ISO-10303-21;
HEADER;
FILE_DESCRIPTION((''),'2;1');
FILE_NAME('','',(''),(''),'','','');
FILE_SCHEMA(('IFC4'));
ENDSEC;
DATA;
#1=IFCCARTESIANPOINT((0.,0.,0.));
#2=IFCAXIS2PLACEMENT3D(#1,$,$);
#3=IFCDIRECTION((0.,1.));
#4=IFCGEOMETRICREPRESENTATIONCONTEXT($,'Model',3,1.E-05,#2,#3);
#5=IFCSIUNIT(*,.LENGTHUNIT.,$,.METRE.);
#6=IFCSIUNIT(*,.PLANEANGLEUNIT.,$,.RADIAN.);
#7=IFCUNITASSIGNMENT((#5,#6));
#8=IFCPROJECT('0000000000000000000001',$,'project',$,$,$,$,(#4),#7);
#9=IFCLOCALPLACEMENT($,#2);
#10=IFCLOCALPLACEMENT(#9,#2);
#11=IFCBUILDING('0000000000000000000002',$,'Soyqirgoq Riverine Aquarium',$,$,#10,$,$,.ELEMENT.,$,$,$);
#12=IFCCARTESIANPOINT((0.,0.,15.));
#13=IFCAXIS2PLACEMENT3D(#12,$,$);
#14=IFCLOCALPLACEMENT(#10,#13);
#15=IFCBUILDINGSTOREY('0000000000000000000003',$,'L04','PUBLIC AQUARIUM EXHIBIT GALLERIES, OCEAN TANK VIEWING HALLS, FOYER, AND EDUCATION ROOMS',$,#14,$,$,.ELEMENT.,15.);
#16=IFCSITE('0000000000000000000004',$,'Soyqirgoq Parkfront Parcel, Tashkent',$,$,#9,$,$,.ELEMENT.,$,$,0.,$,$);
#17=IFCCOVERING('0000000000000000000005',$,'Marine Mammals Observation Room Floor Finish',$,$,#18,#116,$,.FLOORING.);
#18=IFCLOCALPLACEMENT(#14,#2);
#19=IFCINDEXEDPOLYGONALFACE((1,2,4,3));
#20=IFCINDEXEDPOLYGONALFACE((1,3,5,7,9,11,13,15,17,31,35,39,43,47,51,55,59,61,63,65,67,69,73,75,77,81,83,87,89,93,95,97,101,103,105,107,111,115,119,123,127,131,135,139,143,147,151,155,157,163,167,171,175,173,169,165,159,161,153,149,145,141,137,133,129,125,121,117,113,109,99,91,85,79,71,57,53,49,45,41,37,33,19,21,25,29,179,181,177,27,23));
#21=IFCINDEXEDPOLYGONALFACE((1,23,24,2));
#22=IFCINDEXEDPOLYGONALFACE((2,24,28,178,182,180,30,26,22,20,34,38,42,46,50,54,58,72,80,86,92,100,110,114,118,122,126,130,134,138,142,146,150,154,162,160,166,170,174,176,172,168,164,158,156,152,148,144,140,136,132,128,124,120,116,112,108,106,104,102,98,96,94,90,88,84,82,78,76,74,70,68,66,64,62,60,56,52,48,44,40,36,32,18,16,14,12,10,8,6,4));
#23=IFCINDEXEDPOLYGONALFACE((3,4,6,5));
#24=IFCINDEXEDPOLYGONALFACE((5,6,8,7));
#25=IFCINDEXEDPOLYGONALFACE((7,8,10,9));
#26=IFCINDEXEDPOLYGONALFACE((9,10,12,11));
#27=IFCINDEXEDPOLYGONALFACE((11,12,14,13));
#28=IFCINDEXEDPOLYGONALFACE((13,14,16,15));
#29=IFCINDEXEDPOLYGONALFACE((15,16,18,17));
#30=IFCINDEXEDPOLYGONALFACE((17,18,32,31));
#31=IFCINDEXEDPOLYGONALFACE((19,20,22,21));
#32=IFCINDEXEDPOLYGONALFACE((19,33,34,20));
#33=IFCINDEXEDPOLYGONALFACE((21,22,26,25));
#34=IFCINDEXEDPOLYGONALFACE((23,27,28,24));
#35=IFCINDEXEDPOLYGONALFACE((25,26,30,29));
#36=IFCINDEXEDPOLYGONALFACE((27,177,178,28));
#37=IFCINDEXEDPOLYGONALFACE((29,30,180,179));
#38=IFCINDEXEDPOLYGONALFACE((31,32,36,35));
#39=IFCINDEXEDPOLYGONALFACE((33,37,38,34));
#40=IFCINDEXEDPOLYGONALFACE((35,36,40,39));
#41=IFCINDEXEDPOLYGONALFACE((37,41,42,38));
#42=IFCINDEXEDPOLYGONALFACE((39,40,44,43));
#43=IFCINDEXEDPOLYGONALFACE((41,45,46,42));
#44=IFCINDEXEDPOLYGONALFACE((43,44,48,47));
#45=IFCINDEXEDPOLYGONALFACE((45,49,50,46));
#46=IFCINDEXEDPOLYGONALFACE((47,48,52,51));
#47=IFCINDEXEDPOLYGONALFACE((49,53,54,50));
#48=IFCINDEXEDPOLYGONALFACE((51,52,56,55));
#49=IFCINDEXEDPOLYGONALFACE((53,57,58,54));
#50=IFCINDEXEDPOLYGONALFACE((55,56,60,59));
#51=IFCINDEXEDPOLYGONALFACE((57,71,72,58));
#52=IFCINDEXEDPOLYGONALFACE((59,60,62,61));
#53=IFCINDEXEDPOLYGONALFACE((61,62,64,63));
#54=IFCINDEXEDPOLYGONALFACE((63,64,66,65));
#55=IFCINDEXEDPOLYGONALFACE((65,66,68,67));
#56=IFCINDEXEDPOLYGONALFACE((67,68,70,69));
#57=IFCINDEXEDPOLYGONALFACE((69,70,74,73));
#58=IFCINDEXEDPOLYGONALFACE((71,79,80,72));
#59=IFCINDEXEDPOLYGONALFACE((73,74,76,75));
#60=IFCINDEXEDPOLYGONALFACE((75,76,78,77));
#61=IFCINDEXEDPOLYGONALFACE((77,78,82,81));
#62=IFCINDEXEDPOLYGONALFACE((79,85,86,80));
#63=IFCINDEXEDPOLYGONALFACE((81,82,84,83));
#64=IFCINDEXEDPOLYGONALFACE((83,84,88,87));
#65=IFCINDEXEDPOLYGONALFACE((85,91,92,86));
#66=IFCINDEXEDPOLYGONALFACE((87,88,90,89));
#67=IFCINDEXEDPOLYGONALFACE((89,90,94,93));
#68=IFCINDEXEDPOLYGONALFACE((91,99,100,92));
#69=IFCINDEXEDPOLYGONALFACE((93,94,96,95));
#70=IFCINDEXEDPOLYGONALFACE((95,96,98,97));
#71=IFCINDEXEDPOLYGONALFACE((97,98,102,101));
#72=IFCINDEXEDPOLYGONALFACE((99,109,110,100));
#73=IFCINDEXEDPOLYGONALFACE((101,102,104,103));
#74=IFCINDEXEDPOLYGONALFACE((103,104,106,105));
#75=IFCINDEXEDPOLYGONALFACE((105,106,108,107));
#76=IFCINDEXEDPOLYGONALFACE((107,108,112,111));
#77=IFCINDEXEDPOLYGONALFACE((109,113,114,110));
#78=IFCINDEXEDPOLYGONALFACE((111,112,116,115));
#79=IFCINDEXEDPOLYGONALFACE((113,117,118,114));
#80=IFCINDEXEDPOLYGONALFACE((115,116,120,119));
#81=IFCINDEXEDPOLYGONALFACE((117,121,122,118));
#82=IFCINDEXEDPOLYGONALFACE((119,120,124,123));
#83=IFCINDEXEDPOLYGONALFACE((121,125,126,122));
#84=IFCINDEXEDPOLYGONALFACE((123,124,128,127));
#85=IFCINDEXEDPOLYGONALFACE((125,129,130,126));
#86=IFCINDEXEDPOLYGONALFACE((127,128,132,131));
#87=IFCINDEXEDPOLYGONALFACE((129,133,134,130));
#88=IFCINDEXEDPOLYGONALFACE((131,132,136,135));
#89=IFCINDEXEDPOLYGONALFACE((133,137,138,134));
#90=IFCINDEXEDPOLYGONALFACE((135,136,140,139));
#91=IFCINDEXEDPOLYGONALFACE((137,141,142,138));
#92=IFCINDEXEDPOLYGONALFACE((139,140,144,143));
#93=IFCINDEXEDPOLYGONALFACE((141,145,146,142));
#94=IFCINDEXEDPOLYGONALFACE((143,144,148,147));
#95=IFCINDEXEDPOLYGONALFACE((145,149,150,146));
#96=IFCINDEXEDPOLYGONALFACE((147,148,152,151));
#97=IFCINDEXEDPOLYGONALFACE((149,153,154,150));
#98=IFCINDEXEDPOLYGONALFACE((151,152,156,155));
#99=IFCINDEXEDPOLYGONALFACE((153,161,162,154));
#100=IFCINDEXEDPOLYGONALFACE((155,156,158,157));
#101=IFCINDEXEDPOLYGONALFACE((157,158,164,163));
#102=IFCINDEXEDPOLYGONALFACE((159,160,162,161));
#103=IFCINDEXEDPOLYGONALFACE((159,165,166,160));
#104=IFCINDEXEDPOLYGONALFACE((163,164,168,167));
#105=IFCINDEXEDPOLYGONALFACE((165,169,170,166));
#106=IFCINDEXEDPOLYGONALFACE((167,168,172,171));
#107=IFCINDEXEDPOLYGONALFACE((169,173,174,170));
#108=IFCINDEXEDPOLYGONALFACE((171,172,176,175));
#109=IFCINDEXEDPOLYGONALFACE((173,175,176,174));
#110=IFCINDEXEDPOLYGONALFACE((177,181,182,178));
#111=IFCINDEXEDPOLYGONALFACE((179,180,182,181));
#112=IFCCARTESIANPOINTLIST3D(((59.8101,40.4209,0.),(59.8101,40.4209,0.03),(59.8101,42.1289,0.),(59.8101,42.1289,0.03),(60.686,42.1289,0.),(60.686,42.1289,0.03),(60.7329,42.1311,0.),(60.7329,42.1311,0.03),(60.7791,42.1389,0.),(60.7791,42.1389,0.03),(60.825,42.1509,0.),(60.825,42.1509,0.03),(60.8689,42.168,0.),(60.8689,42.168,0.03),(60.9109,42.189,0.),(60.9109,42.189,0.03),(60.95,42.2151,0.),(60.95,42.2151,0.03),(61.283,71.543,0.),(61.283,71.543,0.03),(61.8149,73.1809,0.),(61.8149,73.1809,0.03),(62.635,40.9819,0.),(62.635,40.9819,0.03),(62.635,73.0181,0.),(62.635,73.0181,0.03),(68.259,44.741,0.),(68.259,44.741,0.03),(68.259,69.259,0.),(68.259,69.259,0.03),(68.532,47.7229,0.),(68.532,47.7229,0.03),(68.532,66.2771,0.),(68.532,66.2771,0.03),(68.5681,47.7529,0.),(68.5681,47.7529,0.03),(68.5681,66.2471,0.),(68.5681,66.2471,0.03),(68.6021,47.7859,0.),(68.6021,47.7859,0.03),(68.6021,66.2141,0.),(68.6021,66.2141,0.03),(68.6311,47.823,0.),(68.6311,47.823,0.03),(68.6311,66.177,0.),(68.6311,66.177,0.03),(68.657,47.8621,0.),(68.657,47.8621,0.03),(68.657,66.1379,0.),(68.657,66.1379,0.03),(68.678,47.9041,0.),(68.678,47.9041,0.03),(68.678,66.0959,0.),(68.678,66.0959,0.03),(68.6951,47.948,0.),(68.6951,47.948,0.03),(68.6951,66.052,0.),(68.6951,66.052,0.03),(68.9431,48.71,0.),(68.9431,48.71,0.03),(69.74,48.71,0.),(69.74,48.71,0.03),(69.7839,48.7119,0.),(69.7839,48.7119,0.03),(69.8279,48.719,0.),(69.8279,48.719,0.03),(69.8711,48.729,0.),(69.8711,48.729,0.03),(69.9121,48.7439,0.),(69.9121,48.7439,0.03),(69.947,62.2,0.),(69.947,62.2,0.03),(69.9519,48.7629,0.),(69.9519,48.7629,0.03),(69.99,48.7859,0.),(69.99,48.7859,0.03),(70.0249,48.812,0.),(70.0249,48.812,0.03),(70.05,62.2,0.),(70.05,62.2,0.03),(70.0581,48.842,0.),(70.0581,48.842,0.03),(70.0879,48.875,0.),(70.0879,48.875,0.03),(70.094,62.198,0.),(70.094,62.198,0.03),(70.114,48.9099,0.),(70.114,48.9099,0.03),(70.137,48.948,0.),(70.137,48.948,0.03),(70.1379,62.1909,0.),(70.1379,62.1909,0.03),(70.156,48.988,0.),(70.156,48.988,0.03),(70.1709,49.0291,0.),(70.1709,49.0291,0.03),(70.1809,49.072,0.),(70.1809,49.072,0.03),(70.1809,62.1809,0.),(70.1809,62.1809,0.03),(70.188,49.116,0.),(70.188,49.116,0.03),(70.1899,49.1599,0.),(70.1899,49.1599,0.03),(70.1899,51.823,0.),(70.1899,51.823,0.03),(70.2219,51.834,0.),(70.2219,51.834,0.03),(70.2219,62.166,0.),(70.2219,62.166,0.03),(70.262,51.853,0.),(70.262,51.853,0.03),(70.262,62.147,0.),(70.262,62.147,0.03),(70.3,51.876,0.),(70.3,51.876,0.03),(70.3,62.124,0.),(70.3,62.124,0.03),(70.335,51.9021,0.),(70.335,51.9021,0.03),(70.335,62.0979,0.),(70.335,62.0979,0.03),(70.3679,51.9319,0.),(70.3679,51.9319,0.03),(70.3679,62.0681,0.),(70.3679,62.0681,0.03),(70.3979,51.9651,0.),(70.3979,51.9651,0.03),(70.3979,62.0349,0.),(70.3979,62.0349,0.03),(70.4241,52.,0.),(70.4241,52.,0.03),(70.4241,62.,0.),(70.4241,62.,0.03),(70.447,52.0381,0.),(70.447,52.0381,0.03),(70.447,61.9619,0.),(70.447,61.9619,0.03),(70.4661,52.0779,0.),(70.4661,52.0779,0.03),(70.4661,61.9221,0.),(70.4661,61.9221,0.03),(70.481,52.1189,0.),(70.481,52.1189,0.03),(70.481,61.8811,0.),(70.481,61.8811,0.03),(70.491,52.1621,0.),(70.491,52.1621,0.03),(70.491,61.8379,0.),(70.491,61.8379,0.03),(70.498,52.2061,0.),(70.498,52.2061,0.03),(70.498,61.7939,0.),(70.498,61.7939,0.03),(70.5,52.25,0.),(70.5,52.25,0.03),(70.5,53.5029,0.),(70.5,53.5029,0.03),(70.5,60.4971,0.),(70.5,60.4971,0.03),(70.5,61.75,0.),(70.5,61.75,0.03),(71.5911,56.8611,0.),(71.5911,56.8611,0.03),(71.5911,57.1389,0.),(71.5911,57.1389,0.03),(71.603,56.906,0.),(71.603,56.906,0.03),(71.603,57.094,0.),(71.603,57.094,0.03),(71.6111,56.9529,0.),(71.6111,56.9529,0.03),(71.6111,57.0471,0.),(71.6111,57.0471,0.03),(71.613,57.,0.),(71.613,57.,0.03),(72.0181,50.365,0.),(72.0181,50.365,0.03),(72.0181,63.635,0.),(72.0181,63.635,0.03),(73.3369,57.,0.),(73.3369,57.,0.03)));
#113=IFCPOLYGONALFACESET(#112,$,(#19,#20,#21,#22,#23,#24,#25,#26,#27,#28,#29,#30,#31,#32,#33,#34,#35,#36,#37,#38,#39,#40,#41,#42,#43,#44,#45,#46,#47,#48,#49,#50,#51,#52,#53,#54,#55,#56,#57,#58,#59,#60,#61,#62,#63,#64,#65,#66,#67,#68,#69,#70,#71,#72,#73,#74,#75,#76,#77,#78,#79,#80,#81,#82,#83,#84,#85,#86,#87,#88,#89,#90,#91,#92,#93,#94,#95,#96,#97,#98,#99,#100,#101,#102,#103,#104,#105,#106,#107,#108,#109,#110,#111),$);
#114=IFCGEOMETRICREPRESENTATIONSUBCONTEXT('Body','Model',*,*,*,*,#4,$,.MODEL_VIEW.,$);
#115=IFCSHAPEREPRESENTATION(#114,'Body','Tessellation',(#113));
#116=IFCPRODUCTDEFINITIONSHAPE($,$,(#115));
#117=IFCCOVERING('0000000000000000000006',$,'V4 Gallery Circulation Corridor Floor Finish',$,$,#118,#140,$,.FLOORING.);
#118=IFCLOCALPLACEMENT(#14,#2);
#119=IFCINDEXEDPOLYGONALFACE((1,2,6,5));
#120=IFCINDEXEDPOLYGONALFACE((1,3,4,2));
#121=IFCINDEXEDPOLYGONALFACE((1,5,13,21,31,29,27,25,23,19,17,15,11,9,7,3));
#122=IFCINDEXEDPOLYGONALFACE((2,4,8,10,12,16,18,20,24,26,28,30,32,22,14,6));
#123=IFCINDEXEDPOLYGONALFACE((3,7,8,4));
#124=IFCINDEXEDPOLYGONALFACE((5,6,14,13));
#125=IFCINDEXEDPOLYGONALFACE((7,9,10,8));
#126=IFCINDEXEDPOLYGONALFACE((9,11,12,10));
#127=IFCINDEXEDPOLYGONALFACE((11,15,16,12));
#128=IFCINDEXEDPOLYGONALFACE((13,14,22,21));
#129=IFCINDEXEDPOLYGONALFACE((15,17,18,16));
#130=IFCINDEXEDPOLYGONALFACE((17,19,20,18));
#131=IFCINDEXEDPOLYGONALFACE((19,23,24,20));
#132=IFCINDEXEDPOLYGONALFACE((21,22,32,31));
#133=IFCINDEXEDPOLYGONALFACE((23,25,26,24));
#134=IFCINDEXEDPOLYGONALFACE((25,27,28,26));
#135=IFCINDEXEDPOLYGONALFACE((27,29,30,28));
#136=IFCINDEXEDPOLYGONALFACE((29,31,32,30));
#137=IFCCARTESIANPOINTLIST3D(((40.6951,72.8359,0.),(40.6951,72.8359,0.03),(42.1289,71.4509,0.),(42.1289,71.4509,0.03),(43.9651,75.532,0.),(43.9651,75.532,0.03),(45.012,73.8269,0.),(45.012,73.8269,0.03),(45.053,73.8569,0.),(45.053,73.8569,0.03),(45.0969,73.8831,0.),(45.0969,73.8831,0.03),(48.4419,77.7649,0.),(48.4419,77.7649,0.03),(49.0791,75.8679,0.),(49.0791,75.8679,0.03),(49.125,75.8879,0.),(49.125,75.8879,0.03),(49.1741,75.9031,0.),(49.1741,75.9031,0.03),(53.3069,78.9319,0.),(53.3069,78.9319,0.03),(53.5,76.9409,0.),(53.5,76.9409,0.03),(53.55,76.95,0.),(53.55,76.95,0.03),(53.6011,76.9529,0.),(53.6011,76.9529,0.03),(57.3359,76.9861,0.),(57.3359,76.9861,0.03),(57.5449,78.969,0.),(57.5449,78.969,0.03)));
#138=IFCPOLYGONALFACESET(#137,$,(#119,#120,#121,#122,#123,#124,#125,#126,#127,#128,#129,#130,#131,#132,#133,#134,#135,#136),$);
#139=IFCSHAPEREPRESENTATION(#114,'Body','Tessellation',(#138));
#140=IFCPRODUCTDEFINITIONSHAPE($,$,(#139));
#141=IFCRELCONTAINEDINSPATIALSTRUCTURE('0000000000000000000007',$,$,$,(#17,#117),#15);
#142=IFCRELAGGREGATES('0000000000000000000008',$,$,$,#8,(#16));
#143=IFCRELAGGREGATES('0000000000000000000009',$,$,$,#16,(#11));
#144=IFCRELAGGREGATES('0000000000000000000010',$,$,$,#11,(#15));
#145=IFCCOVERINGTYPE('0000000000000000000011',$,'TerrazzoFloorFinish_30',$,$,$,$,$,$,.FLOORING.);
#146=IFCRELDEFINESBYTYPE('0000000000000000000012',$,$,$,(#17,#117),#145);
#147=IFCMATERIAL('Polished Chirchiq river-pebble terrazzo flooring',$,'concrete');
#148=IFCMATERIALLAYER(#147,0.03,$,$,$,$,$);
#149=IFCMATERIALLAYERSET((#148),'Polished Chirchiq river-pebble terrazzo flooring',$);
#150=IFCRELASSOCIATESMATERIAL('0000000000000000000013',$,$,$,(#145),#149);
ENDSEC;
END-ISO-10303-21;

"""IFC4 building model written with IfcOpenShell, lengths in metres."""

from ifc_helpers import new_model, si_unit, direction, frame, origin, place, context, subcontext, project, spatial, polyline, outline, extrude, material, layer, layer_set, type_object, element, save


model = new_model("IFC4")

# Units and contexts
model_context = context("Model", 3, precision=1e-05, world=origin(), true_north=direction((0.0, 1.0)))
body_context = subcontext(model_context, "Body", "Model", "MODEL_VIEW")
ifc_project = project(units=[si_unit("LENGTHUNIT", "METRE"), si_unit("PLANEANGLEUNIT", "RADIAN")], contexts=[model_context])

# Site, building, storey
site_placement = place(None, origin())
site = spatial("IfcSite", under=ifc_project, at=site_placement, Name="Soyqirgoq Parkfront Parcel, Tashkent", CompositionType="ELEMENT", RefElevation=0.0)
building_placement = place(site_placement, origin())
building = spatial("IfcBuilding", under=site, at=building_placement, Name="Soyqirgoq Riverine Aquarium", CompositionType="ELEMENT")
storey_placement = place(building_placement, frame((0.0, 0.0, 15.0)))
storey = spatial("IfcBuildingStorey", under=building, at=storey_placement, Name="L04", Description="PUBLIC AQUARIUM EXHIBIT GALLERIES, OCEAN TANK VIEWING HALLS, FOYER, AND EDUCATION ROOMS", CompositionType="ELEMENT", Elevation=15.0)

# Coverings
ifc_material_1 = material(Name="Polished Chirchiq river-pebble terrazzo flooring", Category="concrete")
ifc_layer_1 = layer(ifc_material_1, 0.03)
ifc_layer_set_1 = layer_set([ifc_layer_1], Name="Polished Chirchiq river-pebble terrazzo flooring")
covering_type_1 = type_object("IfcCoveringType", Name="TerrazzoFloorFinish_30", PredefinedType="FLOORING", material=ifc_layer_set_1)
covering_1_placement = place(storey_placement, origin())
element("IfcCovering", 1, at=covering_1_placement, inside=storey, type_object=covering_type_1, Name="Marine Mammals Observation Room Floor Finish", PredefinedType="FLOORING", context=body_context, shape_type="SweptSolid", body=[
    extrude(outline(polyline([(60.686, 42.1289), (60.7329, 42.1311), (60.7791, 42.1389), (60.825, 42.1509), (60.8689, 42.168), (60.9109, 42.189), (60.95, 42.2151), (68.532, 47.7229), (68.5681, 47.7529), (68.6021, 47.7859), (68.6311, 47.823), (68.657, 47.8621), (68.678, 47.9041), (68.6951, 47.948), (68.9431, 48.71), (69.74, 48.71), (69.7839, 48.7119), (69.8279, 48.719), (69.8711, 48.729), (69.9121, 48.7439), (69.9519, 48.7629), (69.99, 48.7859), (70.0249, 48.812), (70.0581, 48.842), (70.0879, 48.875), (70.114, 48.9099), (70.137, 48.948), (70.156, 48.988), (70.1709, 49.0291), (70.1809, 49.072), (70.188, 49.116), (70.1899, 49.1599), (70.1899, 51.823), (70.2219, 51.834), (70.262, 51.853), (70.3, 51.876), (70.335, 51.9021), (70.3679, 51.9319), (70.3979, 51.9651), (70.4241, 52.0), (70.447, 52.0381), (70.4661, 52.0779), (70.481, 52.1189), (70.491, 52.1621), (70.498, 52.2061), (70.5, 52.25), (70.5, 53.5029), (71.5911, 56.8611), (71.603, 56.906), (71.6111, 56.9529), (71.613, 57.0), (71.6111, 57.0471), (71.603, 57.094), (71.5911, 57.1389), (70.5, 60.4971), (70.5, 61.75), (70.498, 61.7939), (70.491, 61.8379), (70.481, 61.8811), (70.4661, 61.9221), (70.447, 61.9619), (70.4241, 62.0), (70.3979, 62.0349), (70.3679, 62.0681), (70.335, 62.0979), (70.3, 62.124), (70.262, 62.147), (70.2219, 62.166), (70.1809, 62.1809), (70.1379, 62.1909), (70.094, 62.198), (70.05, 62.2), (69.947, 62.2), (68.6951, 66.052), (68.678, 66.0959), (68.657, 66.1379), (68.6311, 66.177), (68.6021, 66.2141), (68.5681, 66.2471), (68.532, 66.2771), (61.283, 71.543), (61.8149, 73.1809), (62.635, 73.0181), (68.259, 69.259), (72.0181, 63.635), (73.3369, 57.0), (72.0181, 50.365), (68.259, 44.741), (62.635, 40.9819), (59.8101, 40.4209), (59.8101, 42.1289), (60.686, 42.1289)])), origin(), (0.0, 0.0, 1.0), 0.03),
])
covering_2_placement = place(storey_placement, origin())
element("IfcCovering", 2, at=covering_2_placement, inside=storey, type_object=covering_type_1, Name="V4 Gallery Circulation Corridor Floor Finish", PredefinedType="FLOORING", context=body_context, shape_type="SweptSolid", body=[
    extrude(outline(polyline([(57.3359, 76.9861), (53.6011, 76.9529), (53.55, 76.95), (53.5, 76.9409), (49.1741, 75.9031), (49.125, 75.8879), (49.0791, 75.8679), (45.0969, 73.8831), (45.053, 73.8569), (45.012, 73.8269), (42.1289, 71.4509), (40.6951, 72.8359), (43.9651, 75.532), (48.4419, 77.7649), (53.3069, 78.9319), (57.5449, 78.969), (57.3359, 76.9861)])), origin(), (0.0, 0.0, 1.0), 0.03),
])

save(model, "model.ifc")
